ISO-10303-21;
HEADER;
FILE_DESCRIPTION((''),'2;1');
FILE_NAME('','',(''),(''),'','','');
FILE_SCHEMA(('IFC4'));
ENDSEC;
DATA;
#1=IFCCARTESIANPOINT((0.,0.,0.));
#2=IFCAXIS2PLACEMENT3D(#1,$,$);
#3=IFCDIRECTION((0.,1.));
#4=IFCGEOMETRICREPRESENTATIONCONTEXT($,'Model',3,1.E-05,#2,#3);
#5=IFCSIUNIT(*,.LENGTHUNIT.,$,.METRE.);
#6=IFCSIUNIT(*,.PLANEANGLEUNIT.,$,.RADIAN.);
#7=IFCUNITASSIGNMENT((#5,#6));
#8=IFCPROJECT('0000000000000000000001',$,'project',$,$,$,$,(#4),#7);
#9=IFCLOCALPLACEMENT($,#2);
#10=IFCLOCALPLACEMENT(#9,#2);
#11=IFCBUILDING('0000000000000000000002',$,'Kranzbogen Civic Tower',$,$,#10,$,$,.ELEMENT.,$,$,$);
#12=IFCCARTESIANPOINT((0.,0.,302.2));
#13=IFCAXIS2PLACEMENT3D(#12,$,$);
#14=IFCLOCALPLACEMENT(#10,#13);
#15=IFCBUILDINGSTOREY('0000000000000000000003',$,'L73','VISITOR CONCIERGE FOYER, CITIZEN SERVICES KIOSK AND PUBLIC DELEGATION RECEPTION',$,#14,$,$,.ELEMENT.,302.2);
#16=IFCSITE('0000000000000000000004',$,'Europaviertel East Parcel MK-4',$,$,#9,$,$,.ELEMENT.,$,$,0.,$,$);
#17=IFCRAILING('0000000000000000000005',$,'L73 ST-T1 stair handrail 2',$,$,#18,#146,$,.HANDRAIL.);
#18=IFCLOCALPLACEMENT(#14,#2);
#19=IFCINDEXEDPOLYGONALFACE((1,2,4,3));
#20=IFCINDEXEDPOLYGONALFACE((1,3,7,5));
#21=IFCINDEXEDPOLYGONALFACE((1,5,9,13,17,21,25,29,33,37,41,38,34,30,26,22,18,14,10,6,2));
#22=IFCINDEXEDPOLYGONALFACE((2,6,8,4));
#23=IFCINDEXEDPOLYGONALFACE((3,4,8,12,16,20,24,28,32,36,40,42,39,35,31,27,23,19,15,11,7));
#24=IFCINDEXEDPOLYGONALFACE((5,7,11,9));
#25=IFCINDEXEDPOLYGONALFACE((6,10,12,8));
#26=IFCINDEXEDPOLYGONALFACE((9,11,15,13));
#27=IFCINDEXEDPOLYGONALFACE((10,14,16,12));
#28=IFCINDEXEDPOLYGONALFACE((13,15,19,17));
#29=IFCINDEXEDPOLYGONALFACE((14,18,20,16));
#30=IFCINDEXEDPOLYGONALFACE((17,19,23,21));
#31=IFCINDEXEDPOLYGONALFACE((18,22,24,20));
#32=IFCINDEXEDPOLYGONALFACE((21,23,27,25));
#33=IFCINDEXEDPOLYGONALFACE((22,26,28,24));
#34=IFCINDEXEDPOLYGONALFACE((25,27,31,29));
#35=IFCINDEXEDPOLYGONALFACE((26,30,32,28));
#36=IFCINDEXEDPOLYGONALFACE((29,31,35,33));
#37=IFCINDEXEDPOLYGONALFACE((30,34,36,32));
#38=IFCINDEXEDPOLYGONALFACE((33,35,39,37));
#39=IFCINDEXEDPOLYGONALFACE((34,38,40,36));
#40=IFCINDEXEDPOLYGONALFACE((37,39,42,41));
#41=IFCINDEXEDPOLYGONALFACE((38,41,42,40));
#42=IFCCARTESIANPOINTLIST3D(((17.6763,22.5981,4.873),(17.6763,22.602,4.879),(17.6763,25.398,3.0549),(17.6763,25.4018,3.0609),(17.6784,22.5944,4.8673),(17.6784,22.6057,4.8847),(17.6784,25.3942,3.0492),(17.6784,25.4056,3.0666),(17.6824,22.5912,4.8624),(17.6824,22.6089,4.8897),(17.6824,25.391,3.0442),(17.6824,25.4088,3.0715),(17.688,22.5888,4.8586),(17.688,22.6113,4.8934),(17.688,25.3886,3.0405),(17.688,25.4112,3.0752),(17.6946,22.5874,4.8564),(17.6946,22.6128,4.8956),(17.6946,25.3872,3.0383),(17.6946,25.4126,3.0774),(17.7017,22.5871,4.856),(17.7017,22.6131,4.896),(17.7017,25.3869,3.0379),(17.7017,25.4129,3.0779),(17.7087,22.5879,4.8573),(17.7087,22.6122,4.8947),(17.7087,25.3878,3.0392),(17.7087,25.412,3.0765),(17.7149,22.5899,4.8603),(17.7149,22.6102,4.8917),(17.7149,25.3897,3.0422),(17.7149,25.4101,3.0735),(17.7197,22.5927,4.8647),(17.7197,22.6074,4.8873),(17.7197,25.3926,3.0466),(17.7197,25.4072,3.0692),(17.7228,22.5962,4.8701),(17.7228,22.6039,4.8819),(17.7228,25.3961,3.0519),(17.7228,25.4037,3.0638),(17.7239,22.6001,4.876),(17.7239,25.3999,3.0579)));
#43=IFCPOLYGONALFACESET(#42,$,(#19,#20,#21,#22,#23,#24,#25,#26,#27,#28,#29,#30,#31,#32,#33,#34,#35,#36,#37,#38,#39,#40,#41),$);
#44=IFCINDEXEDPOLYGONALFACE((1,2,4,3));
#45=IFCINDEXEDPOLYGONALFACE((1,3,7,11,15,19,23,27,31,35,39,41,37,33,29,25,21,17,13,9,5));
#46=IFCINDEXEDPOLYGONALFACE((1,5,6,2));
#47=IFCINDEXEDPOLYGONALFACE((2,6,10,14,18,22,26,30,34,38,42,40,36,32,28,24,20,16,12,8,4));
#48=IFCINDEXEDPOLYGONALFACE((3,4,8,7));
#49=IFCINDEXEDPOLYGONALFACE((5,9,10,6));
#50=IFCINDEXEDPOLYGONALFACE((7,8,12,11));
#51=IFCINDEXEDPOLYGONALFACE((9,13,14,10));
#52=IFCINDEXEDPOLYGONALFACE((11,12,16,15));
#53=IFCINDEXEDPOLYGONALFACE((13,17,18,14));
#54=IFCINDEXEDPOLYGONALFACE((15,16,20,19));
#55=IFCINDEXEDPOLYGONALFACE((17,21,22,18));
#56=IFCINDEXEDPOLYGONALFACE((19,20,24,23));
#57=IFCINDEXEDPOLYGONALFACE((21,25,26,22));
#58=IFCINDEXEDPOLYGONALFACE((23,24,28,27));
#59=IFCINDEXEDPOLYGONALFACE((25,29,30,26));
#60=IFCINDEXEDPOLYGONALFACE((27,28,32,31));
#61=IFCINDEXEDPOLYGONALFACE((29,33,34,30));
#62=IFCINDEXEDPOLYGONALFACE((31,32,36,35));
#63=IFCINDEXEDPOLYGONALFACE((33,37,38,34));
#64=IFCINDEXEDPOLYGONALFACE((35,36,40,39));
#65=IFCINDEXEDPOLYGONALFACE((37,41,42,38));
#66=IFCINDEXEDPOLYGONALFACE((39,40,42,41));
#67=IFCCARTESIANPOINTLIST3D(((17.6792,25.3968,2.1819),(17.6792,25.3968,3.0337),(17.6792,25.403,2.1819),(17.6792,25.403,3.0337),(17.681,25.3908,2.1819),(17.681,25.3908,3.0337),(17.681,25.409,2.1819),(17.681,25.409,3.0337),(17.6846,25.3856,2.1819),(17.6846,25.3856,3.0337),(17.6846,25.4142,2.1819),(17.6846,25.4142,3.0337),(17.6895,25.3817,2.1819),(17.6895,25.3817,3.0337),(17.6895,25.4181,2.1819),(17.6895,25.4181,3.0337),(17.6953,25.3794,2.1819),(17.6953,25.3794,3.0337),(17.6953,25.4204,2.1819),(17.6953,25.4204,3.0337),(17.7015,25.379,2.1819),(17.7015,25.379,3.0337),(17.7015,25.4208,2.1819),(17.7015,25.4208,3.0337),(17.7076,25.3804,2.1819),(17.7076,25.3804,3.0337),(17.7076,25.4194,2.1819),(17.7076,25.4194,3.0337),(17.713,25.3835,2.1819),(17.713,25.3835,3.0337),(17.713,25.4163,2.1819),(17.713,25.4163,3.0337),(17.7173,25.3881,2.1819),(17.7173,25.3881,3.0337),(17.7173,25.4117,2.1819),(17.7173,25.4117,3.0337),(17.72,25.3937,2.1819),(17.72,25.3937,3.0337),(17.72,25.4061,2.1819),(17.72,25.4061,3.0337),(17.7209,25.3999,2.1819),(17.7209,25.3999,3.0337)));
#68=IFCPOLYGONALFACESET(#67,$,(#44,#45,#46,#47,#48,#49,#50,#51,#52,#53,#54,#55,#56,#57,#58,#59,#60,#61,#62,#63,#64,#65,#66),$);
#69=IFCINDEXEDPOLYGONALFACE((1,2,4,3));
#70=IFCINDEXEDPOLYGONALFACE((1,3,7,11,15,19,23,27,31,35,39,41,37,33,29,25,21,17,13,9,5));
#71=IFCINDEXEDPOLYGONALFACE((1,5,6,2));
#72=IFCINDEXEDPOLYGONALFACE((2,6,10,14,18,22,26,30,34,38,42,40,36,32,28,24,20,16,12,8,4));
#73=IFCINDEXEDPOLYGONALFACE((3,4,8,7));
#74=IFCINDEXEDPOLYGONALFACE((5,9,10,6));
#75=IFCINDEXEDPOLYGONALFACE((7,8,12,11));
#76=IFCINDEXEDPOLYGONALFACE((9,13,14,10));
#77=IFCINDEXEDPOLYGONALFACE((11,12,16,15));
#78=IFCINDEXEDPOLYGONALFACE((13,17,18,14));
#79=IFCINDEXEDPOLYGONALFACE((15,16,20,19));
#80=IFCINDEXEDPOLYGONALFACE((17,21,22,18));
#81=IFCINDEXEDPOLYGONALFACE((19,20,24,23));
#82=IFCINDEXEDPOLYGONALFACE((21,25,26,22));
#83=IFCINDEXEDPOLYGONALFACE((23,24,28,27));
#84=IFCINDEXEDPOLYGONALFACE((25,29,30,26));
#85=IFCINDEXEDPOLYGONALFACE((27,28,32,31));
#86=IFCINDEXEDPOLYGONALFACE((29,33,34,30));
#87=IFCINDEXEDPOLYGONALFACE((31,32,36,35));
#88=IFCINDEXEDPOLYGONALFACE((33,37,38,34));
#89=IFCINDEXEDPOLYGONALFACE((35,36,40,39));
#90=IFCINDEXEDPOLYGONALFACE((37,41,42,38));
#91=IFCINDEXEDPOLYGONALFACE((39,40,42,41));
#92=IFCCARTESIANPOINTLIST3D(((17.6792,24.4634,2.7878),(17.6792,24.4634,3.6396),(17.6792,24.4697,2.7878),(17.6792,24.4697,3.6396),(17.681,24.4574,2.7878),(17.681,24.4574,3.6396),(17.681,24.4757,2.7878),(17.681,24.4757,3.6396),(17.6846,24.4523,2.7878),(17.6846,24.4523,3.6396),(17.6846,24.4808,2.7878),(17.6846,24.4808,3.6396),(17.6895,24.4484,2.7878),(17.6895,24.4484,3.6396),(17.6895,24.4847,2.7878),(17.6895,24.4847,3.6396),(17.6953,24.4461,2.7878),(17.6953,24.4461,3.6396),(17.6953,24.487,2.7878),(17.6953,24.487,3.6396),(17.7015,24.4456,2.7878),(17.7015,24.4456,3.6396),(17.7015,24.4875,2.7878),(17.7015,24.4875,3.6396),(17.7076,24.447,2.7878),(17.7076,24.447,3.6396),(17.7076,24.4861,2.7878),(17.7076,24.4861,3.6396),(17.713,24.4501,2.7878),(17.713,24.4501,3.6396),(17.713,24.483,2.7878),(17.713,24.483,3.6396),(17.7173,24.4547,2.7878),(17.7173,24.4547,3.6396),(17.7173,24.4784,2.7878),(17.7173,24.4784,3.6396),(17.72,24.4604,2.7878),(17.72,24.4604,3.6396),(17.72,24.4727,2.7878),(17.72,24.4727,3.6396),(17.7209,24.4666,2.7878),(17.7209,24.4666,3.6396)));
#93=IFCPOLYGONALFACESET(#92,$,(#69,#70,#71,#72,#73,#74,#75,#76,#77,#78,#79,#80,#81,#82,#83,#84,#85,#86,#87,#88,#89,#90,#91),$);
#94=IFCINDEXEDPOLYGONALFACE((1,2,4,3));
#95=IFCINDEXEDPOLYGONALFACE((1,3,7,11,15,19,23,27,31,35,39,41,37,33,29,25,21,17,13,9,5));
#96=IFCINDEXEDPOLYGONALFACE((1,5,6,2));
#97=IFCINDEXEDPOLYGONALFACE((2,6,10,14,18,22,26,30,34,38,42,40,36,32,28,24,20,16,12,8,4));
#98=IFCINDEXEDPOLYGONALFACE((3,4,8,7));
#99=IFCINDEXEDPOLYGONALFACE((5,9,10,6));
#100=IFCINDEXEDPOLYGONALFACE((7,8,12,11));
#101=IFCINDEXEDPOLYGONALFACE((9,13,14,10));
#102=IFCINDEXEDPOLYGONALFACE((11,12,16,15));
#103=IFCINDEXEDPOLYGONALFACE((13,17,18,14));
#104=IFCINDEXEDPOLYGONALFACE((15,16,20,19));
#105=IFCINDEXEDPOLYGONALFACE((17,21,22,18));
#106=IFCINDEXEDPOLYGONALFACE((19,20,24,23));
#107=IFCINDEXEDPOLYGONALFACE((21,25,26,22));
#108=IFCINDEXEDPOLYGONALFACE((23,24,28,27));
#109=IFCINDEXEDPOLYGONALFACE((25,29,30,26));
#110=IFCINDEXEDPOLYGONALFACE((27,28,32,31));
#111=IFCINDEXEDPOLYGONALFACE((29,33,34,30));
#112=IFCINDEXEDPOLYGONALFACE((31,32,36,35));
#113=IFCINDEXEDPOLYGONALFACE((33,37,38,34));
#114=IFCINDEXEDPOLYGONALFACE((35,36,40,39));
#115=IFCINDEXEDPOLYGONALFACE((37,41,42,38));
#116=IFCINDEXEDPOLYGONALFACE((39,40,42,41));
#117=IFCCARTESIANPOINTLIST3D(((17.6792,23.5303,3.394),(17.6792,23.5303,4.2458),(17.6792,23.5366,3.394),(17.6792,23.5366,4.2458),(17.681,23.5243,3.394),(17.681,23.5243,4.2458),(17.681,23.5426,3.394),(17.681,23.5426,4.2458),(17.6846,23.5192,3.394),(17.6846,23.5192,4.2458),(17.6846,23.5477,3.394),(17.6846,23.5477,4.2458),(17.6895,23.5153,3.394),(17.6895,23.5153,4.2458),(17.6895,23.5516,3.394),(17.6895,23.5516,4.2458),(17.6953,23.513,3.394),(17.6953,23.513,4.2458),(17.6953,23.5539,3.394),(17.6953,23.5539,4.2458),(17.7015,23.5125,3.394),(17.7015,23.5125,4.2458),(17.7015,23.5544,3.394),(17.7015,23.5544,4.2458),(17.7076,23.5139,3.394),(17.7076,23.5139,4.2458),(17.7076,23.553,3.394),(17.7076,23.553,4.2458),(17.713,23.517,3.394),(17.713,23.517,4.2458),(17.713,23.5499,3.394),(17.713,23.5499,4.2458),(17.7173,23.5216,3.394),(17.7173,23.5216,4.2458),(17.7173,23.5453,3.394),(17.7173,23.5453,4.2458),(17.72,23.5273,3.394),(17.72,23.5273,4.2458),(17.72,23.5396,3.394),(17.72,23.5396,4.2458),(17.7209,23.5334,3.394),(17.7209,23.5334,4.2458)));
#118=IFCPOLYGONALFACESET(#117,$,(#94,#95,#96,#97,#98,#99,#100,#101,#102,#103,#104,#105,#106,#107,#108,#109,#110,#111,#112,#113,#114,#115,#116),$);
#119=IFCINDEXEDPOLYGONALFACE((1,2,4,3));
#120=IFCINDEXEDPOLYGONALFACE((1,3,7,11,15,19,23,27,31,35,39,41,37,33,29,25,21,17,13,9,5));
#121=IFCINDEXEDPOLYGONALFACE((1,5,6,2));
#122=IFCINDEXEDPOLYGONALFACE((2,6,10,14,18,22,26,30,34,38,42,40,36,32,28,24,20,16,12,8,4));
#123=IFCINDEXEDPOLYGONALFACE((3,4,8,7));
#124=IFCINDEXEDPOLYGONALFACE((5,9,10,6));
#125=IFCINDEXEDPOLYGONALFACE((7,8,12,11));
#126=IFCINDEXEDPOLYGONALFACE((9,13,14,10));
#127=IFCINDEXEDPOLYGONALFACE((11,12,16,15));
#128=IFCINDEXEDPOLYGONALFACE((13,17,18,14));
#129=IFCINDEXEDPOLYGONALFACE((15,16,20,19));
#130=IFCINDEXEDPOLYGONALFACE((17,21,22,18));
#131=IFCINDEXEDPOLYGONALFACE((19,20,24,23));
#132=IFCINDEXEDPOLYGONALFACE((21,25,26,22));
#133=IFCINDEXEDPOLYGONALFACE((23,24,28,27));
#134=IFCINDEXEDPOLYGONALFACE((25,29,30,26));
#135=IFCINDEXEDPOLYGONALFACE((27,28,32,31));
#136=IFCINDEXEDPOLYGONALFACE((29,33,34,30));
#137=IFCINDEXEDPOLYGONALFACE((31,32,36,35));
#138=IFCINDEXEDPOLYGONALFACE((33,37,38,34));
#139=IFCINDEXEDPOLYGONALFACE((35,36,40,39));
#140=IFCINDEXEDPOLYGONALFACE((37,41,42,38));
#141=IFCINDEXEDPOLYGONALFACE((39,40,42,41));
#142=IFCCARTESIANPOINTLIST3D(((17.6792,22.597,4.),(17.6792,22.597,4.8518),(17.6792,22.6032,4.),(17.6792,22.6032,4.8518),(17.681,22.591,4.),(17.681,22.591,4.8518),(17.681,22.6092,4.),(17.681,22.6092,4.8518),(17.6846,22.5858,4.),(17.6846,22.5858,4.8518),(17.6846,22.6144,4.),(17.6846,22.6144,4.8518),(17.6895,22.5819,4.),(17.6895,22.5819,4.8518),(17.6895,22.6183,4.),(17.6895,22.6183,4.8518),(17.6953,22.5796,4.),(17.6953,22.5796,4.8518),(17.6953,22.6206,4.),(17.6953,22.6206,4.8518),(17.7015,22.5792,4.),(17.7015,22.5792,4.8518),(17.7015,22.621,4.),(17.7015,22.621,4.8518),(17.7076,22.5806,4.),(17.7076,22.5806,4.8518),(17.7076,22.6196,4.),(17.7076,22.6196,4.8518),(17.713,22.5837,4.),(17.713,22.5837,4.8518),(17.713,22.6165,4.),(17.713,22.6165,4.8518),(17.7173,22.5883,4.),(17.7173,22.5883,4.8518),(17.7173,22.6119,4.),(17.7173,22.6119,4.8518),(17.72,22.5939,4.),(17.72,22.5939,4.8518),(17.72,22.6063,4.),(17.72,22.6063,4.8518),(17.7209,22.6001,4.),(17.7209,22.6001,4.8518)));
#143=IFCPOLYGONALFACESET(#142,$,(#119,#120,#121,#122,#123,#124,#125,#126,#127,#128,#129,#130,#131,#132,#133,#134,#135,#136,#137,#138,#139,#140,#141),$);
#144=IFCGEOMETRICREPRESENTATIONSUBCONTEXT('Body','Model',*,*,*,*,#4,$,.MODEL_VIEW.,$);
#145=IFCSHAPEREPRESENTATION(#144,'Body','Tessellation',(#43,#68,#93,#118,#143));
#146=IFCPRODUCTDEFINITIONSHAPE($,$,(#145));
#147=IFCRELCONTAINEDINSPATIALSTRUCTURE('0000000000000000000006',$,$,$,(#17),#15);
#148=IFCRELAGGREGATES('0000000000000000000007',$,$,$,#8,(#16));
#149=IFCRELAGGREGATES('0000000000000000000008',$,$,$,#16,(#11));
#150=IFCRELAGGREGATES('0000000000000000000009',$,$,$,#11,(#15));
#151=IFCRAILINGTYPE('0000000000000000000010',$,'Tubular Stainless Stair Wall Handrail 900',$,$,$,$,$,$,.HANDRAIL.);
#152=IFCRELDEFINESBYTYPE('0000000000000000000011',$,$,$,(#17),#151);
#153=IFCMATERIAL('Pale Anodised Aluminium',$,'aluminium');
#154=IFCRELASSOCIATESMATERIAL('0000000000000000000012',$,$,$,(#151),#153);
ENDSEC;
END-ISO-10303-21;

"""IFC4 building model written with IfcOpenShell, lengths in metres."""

from ifc_helpers import new_model, si_unit, direction, frame, origin, origin_2d, place, context, subcontext, project, spatial, circle, extrude, material, type_object, element, save


model = new_model("IFC4")

# Units and contexts
model_context = context("Model", 3, precision=1e-05, world=origin(), true_north=direction((0.0, 1.0)))
body_context = subcontext(model_context, "Body", "Model", "MODEL_VIEW")
ifc_project = project(units=[si_unit("LENGTHUNIT", "METRE"), si_unit("PLANEANGLEUNIT", "RADIAN")], contexts=[model_context])

# Site, building, storey
site_placement = place(None, origin())
site = spatial("IfcSite", under=ifc_project, at=site_placement, Name="Europaviertel East Parcel MK-4", CompositionType="ELEMENT", RefElevation=0.0)
building_placement = place(site_placement, origin())
building = spatial("IfcBuilding", under=site, at=building_placement, Name="Kranzbogen Civic Tower", CompositionType="ELEMENT")
storey_placement = place(building_placement, frame((0.0, 0.0, 302.2)))
storey = spatial("IfcBuildingStorey", under=building, at=storey_placement, Name="L73", Description="VISITOR CONCIERGE FOYER, CITIZEN SERVICES KIOSK AND PUBLIC DELEGATION RECEPTION", CompositionType="ELEMENT", Elevation=302.2)

# Shared definitions
ifc_material_1 = material(Name="Pale Anodised Aluminium", Category="aluminium")

# Railing
railing_type_1 = type_object("IfcRailingType", Name="Tubular Stainless Stair Wall Handrail 900", PredefinedType="HANDRAIL", material=ifc_material_1)
railing_1_placement = place(storey_placement, frame((17.7, 25.3999, 2.1819)))
element("IfcRailing", 1, at=railing_1_placement, inside=storey, type_object=railing_type_1, Name="L73 ST-T1 stair handrail 2", PredefinedType="HANDRAIL", context=body_context, shape_type="SweptSolid", body=[
    extrude(circle(Radius=0.0239, at=origin_2d()), frame((0.0, 0.0, 0.876), z_axis=(0.0, -0.838684, 0.544618), x_axis=(1.0, 0.0, 0.0)), (0.0, 0.0, 1.0), 3.3384),
    extrude(circle(Radius=0.021, at=origin_2d()), origin(), (0.0, 0.0, 1.0), 0.8518),
    extrude(circle(Radius=0.021, at=origin_2d()), frame((0.0, -0.9333, 0.606)), (0.0, 0.0, 1.0), 0.8518),
    extrude(circle(Radius=0.021, at=origin_2d()), frame((0.0, -1.8665, 1.2122)), (0.0, 0.0, 1.0), 0.8518),
    extrude(circle(Radius=0.021, at=origin_2d()), frame((0.0, -2.7998, 1.8181)), (0.0, 0.0, 1.0), 0.8518),
])

save(model, "model.ifc")
